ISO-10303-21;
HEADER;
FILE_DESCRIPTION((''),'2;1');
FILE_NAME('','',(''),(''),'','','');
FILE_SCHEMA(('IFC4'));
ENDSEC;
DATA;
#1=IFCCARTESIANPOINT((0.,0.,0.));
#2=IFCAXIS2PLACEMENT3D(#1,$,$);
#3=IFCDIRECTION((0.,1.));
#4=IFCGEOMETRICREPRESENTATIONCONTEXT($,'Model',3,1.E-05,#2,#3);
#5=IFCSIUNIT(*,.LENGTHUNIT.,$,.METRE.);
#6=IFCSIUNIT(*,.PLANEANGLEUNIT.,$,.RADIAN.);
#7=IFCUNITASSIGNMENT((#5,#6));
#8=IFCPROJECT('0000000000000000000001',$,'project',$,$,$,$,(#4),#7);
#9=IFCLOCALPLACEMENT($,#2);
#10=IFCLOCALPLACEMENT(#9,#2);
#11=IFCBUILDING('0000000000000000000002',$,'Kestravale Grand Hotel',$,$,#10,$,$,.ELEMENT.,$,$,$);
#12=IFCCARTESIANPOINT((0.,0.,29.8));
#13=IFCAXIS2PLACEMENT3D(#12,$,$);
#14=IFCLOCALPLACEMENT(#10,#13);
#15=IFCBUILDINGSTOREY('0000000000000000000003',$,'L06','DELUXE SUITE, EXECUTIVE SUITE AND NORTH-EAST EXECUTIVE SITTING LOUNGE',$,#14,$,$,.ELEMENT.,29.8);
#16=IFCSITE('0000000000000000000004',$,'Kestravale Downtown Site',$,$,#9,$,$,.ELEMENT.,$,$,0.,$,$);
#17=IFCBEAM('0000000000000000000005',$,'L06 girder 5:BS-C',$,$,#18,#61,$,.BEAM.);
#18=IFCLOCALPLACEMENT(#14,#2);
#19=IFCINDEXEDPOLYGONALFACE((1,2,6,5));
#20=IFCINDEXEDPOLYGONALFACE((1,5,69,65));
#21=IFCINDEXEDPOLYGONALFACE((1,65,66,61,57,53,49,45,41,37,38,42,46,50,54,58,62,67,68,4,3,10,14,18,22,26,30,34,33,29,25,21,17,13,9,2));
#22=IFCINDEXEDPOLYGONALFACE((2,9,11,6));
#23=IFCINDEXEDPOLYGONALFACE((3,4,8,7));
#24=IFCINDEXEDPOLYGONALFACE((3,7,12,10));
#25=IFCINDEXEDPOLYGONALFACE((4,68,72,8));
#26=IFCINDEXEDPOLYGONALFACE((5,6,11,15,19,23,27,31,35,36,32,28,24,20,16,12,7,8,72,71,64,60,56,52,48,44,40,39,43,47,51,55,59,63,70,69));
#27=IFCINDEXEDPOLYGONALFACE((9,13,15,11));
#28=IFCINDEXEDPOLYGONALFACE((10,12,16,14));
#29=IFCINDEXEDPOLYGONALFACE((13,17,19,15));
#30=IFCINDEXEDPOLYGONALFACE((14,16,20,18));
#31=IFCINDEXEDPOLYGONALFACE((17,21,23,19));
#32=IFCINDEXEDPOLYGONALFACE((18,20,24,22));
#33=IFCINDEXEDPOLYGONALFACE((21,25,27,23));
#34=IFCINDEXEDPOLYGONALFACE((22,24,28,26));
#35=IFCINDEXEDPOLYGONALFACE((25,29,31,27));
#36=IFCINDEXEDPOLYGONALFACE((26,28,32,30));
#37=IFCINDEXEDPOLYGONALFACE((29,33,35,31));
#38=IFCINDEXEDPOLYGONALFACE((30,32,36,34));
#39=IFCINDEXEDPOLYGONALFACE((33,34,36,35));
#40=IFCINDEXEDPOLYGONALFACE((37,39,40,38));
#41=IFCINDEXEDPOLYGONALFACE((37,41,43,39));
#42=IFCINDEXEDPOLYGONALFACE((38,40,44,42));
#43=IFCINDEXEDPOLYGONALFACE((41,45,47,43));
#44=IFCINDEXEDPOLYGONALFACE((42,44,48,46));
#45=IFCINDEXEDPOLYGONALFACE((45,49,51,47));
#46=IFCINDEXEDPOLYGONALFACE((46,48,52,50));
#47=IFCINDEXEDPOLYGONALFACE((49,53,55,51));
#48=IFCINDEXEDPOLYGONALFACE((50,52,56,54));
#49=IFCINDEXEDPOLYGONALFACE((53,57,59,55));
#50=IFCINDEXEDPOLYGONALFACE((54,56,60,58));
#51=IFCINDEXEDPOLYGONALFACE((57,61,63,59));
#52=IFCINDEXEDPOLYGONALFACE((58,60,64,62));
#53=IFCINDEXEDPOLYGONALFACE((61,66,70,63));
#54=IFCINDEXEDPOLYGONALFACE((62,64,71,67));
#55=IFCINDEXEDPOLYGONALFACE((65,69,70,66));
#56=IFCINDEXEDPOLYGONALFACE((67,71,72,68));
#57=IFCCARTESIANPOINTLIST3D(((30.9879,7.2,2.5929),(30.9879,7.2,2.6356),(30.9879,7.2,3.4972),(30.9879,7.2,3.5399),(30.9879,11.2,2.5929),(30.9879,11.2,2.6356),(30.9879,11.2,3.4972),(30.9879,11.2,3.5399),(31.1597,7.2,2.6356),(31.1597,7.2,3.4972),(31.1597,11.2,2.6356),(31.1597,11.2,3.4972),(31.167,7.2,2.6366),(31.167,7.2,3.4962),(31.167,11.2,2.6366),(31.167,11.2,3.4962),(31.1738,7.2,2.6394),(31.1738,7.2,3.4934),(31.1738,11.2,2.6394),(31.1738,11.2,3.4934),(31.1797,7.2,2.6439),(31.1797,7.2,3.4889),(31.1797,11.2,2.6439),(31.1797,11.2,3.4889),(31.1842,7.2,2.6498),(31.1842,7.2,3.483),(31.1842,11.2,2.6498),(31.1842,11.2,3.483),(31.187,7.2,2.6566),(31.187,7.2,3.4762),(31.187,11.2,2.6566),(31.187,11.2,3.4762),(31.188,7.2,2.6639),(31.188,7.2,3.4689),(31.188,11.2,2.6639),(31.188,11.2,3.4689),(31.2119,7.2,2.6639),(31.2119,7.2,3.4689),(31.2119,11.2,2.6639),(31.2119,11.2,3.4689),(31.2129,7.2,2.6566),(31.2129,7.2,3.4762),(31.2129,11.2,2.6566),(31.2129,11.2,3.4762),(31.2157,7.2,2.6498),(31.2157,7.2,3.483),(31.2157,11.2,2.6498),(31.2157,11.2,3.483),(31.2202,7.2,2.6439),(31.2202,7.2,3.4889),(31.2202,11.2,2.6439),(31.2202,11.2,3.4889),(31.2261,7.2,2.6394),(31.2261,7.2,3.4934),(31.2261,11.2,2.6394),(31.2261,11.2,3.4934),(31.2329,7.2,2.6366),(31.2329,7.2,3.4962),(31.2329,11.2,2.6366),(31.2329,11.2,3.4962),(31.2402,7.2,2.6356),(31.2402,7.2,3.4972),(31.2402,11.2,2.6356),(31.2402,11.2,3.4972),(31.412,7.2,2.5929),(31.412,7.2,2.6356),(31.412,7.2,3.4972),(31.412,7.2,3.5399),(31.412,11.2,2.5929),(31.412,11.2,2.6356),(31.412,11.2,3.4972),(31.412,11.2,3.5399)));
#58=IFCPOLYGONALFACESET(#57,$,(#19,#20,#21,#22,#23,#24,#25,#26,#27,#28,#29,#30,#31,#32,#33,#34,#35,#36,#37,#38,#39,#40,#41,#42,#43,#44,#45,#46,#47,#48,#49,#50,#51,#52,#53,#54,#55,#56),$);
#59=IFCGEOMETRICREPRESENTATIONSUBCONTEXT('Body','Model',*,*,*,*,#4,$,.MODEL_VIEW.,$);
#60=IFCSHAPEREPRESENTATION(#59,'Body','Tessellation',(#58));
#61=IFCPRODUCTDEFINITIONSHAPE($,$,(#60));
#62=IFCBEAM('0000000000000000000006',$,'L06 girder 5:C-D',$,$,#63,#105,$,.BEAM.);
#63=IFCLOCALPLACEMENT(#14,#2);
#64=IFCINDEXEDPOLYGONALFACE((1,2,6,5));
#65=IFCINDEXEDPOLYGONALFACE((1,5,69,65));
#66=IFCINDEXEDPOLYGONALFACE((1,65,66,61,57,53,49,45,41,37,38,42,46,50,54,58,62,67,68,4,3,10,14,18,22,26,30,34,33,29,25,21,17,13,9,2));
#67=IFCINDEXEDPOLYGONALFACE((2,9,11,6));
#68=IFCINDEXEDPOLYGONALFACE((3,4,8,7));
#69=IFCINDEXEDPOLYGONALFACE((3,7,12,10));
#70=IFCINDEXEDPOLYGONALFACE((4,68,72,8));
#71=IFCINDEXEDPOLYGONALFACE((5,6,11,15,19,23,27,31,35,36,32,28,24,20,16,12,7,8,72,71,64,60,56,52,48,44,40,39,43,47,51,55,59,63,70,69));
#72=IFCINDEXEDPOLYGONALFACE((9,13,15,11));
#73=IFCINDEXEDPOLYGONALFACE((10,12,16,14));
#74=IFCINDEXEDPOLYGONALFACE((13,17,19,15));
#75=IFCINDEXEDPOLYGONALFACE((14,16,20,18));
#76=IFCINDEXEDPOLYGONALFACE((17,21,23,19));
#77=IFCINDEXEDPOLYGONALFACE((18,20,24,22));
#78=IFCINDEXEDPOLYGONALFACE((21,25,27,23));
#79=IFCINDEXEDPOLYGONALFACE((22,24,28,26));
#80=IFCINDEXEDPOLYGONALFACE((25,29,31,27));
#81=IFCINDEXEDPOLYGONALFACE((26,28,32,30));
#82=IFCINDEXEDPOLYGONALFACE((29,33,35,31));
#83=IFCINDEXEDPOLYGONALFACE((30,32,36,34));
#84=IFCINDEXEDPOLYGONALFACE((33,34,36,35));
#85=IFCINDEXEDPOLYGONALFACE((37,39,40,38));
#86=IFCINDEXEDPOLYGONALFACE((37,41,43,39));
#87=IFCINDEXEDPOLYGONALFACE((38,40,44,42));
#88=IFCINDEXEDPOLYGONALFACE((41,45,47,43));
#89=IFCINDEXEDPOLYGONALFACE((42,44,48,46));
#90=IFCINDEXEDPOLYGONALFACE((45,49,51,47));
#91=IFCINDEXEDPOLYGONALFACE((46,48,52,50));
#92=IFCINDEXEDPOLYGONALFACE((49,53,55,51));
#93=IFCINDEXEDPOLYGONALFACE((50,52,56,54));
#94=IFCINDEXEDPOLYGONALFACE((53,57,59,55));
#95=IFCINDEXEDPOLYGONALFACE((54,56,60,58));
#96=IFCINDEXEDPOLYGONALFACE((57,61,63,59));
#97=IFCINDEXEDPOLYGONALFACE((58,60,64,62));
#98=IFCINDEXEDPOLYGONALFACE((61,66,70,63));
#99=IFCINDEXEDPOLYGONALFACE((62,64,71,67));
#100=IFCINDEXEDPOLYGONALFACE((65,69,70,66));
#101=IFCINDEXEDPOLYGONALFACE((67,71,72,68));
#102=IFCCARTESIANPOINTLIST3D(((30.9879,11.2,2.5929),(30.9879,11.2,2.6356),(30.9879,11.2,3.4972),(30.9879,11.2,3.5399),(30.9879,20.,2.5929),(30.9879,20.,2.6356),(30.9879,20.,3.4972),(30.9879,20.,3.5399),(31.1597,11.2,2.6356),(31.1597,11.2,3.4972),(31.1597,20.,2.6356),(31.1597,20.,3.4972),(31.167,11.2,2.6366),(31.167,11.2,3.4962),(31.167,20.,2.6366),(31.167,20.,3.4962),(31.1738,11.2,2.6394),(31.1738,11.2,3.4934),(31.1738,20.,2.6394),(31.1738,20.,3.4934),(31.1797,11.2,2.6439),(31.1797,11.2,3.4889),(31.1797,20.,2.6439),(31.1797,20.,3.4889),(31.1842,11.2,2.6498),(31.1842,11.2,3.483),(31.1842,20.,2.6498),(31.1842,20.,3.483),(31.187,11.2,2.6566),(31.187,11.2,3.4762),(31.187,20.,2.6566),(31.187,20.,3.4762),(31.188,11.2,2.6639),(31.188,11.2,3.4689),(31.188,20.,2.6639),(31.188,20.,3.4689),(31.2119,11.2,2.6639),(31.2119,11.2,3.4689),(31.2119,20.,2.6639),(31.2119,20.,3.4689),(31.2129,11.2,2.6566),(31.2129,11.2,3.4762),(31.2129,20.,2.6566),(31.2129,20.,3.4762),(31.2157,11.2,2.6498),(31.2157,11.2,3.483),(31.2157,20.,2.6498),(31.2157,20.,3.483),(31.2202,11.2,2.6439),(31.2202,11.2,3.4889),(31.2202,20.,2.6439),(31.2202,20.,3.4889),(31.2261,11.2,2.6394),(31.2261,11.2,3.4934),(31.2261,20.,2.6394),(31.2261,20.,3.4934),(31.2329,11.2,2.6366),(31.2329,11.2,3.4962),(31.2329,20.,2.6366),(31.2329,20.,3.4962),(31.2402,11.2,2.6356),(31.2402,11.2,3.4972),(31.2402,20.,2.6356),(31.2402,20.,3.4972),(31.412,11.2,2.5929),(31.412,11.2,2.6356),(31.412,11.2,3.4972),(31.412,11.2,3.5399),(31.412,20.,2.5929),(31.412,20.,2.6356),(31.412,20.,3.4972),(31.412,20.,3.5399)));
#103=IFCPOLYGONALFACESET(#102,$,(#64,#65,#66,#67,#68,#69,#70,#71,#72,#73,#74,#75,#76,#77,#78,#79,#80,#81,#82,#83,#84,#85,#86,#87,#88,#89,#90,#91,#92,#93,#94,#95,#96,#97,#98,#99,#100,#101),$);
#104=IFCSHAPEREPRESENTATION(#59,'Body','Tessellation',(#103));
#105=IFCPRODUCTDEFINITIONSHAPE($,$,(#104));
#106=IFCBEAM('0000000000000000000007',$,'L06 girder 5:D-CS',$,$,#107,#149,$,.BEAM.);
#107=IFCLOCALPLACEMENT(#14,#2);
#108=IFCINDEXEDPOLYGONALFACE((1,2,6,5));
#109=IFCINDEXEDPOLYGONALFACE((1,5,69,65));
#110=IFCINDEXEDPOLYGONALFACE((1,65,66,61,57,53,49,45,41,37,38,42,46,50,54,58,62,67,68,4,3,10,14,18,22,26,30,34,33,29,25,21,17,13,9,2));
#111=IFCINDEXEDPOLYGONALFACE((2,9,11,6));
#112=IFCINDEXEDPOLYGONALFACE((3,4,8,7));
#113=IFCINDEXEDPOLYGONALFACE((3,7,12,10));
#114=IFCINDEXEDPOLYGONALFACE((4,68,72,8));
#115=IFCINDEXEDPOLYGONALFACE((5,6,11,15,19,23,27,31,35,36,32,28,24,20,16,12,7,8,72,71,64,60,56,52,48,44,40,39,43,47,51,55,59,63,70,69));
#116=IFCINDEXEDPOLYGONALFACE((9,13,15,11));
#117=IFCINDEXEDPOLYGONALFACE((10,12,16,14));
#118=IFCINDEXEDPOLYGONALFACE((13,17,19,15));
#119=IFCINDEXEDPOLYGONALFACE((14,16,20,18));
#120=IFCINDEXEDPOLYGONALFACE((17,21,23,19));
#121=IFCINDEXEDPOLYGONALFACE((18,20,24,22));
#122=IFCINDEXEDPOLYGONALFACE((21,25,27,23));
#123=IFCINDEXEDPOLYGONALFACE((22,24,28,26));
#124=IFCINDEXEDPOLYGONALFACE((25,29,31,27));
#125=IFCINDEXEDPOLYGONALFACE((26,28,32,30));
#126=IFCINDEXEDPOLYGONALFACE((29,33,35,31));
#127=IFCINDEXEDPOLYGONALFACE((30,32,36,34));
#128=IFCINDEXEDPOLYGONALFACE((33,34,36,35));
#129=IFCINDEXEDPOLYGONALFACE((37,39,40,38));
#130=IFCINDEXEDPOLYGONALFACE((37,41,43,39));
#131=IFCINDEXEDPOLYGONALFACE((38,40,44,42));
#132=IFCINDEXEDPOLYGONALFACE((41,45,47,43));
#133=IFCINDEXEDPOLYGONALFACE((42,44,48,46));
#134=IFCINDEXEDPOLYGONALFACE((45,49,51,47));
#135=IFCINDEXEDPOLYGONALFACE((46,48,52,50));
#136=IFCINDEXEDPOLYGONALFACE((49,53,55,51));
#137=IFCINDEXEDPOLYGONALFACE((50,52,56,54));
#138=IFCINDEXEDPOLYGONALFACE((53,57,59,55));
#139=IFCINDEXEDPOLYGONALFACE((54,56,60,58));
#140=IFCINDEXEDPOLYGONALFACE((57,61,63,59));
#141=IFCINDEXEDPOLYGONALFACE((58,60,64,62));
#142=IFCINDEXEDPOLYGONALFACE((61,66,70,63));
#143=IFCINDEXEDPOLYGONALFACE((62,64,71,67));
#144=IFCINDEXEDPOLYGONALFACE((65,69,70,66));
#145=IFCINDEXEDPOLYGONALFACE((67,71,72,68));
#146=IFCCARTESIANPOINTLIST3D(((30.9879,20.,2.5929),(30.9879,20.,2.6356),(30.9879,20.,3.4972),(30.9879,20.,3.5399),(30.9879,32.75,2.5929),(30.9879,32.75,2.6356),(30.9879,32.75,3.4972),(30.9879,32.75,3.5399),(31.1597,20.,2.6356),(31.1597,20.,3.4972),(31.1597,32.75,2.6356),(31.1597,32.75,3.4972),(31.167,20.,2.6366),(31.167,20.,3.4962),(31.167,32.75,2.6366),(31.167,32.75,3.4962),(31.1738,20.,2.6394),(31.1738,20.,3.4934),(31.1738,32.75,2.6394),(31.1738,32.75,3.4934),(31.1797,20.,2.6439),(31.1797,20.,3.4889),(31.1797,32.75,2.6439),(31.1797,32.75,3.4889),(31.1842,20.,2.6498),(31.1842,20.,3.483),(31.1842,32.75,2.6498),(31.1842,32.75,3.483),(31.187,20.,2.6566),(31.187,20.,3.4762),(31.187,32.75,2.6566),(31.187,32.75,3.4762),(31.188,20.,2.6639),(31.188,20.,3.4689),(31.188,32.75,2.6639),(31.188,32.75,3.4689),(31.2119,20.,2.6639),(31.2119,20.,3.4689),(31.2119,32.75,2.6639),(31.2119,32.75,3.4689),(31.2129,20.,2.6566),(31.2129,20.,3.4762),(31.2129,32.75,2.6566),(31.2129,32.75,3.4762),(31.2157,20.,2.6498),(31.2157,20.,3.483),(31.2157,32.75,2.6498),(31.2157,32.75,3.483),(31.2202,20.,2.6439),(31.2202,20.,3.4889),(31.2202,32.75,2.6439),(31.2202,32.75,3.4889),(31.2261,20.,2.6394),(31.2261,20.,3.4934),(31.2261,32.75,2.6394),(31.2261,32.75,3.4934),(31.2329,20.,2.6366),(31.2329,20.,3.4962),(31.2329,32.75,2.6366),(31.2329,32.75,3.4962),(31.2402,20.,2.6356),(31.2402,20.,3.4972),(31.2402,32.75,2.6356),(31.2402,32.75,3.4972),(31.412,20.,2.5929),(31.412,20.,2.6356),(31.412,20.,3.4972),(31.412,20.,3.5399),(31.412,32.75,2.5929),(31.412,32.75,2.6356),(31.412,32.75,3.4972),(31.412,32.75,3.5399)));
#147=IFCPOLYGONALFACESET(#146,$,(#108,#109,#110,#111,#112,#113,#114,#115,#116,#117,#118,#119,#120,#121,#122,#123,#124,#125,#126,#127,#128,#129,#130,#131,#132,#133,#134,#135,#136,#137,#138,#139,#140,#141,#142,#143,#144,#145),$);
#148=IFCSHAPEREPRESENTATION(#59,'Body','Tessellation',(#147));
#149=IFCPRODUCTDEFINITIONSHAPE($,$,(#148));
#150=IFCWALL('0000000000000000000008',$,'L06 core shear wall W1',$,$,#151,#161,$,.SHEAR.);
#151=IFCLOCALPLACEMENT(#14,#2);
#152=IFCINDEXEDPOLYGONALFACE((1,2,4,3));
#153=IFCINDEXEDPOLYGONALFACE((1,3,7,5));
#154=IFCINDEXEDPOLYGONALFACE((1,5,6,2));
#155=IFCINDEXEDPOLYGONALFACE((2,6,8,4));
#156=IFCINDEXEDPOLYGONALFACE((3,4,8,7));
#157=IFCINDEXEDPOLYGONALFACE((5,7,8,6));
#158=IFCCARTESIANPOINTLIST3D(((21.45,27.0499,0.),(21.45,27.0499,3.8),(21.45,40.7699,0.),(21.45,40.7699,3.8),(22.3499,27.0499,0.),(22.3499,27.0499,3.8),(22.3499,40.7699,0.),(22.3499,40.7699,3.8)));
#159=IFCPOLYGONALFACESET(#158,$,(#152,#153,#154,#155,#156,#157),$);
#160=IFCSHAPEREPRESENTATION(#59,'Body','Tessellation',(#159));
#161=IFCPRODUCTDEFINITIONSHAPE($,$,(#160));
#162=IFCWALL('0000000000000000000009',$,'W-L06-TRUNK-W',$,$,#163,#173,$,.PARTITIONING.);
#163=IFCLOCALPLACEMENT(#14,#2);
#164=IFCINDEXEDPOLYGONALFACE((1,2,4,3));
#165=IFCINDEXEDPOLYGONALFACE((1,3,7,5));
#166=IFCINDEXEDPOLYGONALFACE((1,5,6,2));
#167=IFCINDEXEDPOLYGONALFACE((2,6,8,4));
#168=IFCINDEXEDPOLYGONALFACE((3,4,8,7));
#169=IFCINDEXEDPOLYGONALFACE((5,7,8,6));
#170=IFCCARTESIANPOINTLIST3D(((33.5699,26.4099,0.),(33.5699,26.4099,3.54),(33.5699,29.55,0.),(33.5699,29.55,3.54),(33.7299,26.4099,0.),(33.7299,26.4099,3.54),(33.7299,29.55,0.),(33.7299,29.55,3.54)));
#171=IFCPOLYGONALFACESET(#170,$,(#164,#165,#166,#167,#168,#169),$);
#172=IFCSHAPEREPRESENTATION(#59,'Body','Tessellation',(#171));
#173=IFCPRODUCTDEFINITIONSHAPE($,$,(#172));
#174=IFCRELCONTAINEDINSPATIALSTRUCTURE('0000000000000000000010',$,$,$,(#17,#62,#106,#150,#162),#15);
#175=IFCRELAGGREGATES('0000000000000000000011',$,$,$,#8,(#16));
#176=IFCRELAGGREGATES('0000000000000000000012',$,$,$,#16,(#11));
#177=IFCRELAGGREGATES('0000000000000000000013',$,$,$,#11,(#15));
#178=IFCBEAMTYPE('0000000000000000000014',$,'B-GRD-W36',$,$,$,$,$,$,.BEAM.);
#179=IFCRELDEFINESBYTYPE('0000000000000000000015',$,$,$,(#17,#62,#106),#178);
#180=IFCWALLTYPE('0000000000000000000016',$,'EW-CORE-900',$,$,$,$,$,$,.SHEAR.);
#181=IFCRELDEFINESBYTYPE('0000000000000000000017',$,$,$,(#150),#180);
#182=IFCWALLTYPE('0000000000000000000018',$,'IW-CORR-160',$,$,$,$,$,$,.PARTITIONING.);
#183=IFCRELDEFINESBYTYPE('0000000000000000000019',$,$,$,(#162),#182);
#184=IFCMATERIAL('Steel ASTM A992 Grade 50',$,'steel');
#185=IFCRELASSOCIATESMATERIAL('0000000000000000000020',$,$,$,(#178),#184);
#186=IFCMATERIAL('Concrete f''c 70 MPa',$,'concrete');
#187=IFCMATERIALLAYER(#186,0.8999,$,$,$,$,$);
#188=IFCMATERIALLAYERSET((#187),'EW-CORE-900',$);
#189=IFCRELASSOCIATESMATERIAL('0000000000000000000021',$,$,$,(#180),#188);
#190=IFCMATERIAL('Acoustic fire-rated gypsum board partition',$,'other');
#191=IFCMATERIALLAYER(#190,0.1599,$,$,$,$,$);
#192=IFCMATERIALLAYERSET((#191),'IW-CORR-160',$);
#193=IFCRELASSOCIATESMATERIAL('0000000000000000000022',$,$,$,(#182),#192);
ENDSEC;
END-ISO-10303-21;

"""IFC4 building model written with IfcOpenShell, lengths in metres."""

from ifc_helpers import new_model, si_unit, direction, frame, frame_2d, origin, origin_2d, place, context, subcontext, project, spatial, rectangle, i_section, extrude, material, layer, layer_set, material_profile, profile_set, type_object, element, save


model = new_model("IFC4")

# Units and contexts
model_context = context("Model", 3, precision=1e-05, world=origin(), true_north=direction((0.0, 1.0)))
body_context = subcontext(model_context, "Body", "Model", "MODEL_VIEW")
ifc_project = project(units=[si_unit("LENGTHUNIT", "METRE"), si_unit("PLANEANGLEUNIT", "RADIAN")], contexts=[model_context])

# Site, building, storey
site_placement = place(None, origin())
site = spatial("IfcSite", under=ifc_project, at=site_placement, Name="Kestravale Downtown Site", CompositionType="ELEMENT", RefElevation=0.0)
building_placement = place(site_placement, origin())
building = spatial("IfcBuilding", under=site, at=building_placement, Name="Kestravale Grand Hotel", CompositionType="ELEMENT")
storey_placement = place(building_placement, frame((0.0, 0.0, 29.8)))
storey = spatial("IfcBuildingStorey", under=building, at=storey_placement, Name="L06", Description="DELUXE SUITE, EXECUTIVE SUITE AND NORTH-EAST EXECUTIVE SITTING LOUNGE", CompositionType="ELEMENT", Elevation=29.8)

# Beams
ifc_material_1 = material(Name="Steel ASTM A992 Grade 50", Category="steel")
ifc_material_profile_1 = material_profile(ifc_material_1, i_section(OverallWidth=0.4241, OverallDepth=0.947, WebThickness=0.0239, FlangeThickness=0.0427, FilletRadius=0.0283, at=origin_2d()))
ifc_profile_set_1 = profile_set([ifc_material_profile_1], Name="Steel ASTM A992 Grade 50")
beam_type_1 = type_object("IfcBeamType", Name="B-GRD-W36", PredefinedType="BEAM", material=ifc_profile_set_1)
beam_1_placement = place(storey_placement, frame((31.2, 7.2, 3.0664), z_axis=(0.0, 1.0, 0.0), x_axis=(-1.0, 0.0, 0.0)))
element("IfcBeam", 1, at=beam_1_placement, inside=storey, type_object=beam_type_1, Name="L06 girder 5:BS-C", PredefinedType="BEAM", context=body_context, shape_type="SweptSolid", body=[
    extrude(i_section(OverallWidth=0.4241, OverallDepth=0.947, WebThickness=0.0239, FlangeThickness=0.0427, FilletRadius=0.0283, at=origin_2d()), origin(), (0.0, 0.0, 1.0), 4.0),
])
beam_2_placement = place(storey_placement, frame((31.2, 11.2, 3.0664), z_axis=(0.0, 1.0, 0.0), x_axis=(-1.0, 0.0, 0.0)))
element("IfcBeam", 2, at=beam_2_placement, inside=storey, type_object=beam_type_1, Name="L06 girder 5:C-D", PredefinedType="BEAM", context=body_context, shape_type="SweptSolid", body=[
    extrude(i_section(OverallWidth=0.4241, OverallDepth=0.947, WebThickness=0.0239, FlangeThickness=0.0427, FilletRadius=0.0283, at=origin_2d()), origin(), (0.0, 0.0, 1.0), 8.8),
])
beam_3_placement = place(storey_placement, frame((31.2, 20.0, 3.0664), z_axis=(0.0, 1.0, 0.0), x_axis=(-1.0, 0.0, 0.0)))
element("IfcBeam", 3, at=beam_3_placement, inside=storey, type_object=beam_type_1, Name="L06 girder 5:D-CS", PredefinedType="BEAM", context=body_context, shape_type="SweptSolid", body=[
    extrude(i_section(OverallWidth=0.4241, OverallDepth=0.947, WebThickness=0.0239, FlangeThickness=0.0427, FilletRadius=0.0283, at=origin_2d()), origin(), (0.0, 0.0, 1.0), 12.75),
])

# Walls
ifc_material_2 = material(Name="Concrete f'c 70 MPa", Category="concrete")
ifc_layer_1 = layer(ifc_material_2, 0.8999)
ifc_layer_set_1 = layer_set([ifc_layer_1], Name="EW-CORE-900")
wall_type_1 = type_object("IfcWallType", Name="EW-CORE-900", PredefinedType="SHEAR", material=ifc_layer_set_1)
wall_1_placement = place(storey_placement, frame((21.8999, 27.05, 0.0), z_axis=(0.0, 0.0, 1.0), x_axis=(0.0, 1.0, 0.0)))
element("IfcWall", 4, at=wall_1_placement, inside=storey, type_object=wall_type_1, Name="L06 core shear wall W1", PredefinedType="SHEAR", context=body_context, shape_type="SweptSolid", body=[
    extrude(rectangle(XDim=13.72, YDim=0.8999, at=frame_2d((6.8599, 0.0))), origin(), (0.0, 0.0, 1.0), 3.8),
])
ifc_material_3 = material(Name="Acoustic fire-rated gypsum board partition", Category="other")
ifc_layer_2 = layer(ifc_material_3, 0.1599)
ifc_layer_set_2 = layer_set([ifc_layer_2], Name="IW-CORR-160")
wall_type_2 = type_object("IfcWallType", Name="IW-CORR-160", PredefinedType="PARTITIONING", material=ifc_layer_set_2)
wall_2_placement = place(storey_placement, frame((33.6499, 26.4099, 0.0), z_axis=(0.0, 0.0, 1.0), x_axis=(0.0, 1.0, 0.0)))
element("IfcWall", 5, at=wall_2_placement, inside=storey, type_object=wall_type_2, Name="W-L06-TRUNK-W", PredefinedType="PARTITIONING", context=body_context, shape_type="SweptSolid", body=[
    extrude(rectangle(XDim=3.1401, YDim=0.1599, at=frame_2d((1.5701, 0.0))), origin(), (0.0, 0.0, 1.0), 3.54),
])

save(model, "model.ifc")
